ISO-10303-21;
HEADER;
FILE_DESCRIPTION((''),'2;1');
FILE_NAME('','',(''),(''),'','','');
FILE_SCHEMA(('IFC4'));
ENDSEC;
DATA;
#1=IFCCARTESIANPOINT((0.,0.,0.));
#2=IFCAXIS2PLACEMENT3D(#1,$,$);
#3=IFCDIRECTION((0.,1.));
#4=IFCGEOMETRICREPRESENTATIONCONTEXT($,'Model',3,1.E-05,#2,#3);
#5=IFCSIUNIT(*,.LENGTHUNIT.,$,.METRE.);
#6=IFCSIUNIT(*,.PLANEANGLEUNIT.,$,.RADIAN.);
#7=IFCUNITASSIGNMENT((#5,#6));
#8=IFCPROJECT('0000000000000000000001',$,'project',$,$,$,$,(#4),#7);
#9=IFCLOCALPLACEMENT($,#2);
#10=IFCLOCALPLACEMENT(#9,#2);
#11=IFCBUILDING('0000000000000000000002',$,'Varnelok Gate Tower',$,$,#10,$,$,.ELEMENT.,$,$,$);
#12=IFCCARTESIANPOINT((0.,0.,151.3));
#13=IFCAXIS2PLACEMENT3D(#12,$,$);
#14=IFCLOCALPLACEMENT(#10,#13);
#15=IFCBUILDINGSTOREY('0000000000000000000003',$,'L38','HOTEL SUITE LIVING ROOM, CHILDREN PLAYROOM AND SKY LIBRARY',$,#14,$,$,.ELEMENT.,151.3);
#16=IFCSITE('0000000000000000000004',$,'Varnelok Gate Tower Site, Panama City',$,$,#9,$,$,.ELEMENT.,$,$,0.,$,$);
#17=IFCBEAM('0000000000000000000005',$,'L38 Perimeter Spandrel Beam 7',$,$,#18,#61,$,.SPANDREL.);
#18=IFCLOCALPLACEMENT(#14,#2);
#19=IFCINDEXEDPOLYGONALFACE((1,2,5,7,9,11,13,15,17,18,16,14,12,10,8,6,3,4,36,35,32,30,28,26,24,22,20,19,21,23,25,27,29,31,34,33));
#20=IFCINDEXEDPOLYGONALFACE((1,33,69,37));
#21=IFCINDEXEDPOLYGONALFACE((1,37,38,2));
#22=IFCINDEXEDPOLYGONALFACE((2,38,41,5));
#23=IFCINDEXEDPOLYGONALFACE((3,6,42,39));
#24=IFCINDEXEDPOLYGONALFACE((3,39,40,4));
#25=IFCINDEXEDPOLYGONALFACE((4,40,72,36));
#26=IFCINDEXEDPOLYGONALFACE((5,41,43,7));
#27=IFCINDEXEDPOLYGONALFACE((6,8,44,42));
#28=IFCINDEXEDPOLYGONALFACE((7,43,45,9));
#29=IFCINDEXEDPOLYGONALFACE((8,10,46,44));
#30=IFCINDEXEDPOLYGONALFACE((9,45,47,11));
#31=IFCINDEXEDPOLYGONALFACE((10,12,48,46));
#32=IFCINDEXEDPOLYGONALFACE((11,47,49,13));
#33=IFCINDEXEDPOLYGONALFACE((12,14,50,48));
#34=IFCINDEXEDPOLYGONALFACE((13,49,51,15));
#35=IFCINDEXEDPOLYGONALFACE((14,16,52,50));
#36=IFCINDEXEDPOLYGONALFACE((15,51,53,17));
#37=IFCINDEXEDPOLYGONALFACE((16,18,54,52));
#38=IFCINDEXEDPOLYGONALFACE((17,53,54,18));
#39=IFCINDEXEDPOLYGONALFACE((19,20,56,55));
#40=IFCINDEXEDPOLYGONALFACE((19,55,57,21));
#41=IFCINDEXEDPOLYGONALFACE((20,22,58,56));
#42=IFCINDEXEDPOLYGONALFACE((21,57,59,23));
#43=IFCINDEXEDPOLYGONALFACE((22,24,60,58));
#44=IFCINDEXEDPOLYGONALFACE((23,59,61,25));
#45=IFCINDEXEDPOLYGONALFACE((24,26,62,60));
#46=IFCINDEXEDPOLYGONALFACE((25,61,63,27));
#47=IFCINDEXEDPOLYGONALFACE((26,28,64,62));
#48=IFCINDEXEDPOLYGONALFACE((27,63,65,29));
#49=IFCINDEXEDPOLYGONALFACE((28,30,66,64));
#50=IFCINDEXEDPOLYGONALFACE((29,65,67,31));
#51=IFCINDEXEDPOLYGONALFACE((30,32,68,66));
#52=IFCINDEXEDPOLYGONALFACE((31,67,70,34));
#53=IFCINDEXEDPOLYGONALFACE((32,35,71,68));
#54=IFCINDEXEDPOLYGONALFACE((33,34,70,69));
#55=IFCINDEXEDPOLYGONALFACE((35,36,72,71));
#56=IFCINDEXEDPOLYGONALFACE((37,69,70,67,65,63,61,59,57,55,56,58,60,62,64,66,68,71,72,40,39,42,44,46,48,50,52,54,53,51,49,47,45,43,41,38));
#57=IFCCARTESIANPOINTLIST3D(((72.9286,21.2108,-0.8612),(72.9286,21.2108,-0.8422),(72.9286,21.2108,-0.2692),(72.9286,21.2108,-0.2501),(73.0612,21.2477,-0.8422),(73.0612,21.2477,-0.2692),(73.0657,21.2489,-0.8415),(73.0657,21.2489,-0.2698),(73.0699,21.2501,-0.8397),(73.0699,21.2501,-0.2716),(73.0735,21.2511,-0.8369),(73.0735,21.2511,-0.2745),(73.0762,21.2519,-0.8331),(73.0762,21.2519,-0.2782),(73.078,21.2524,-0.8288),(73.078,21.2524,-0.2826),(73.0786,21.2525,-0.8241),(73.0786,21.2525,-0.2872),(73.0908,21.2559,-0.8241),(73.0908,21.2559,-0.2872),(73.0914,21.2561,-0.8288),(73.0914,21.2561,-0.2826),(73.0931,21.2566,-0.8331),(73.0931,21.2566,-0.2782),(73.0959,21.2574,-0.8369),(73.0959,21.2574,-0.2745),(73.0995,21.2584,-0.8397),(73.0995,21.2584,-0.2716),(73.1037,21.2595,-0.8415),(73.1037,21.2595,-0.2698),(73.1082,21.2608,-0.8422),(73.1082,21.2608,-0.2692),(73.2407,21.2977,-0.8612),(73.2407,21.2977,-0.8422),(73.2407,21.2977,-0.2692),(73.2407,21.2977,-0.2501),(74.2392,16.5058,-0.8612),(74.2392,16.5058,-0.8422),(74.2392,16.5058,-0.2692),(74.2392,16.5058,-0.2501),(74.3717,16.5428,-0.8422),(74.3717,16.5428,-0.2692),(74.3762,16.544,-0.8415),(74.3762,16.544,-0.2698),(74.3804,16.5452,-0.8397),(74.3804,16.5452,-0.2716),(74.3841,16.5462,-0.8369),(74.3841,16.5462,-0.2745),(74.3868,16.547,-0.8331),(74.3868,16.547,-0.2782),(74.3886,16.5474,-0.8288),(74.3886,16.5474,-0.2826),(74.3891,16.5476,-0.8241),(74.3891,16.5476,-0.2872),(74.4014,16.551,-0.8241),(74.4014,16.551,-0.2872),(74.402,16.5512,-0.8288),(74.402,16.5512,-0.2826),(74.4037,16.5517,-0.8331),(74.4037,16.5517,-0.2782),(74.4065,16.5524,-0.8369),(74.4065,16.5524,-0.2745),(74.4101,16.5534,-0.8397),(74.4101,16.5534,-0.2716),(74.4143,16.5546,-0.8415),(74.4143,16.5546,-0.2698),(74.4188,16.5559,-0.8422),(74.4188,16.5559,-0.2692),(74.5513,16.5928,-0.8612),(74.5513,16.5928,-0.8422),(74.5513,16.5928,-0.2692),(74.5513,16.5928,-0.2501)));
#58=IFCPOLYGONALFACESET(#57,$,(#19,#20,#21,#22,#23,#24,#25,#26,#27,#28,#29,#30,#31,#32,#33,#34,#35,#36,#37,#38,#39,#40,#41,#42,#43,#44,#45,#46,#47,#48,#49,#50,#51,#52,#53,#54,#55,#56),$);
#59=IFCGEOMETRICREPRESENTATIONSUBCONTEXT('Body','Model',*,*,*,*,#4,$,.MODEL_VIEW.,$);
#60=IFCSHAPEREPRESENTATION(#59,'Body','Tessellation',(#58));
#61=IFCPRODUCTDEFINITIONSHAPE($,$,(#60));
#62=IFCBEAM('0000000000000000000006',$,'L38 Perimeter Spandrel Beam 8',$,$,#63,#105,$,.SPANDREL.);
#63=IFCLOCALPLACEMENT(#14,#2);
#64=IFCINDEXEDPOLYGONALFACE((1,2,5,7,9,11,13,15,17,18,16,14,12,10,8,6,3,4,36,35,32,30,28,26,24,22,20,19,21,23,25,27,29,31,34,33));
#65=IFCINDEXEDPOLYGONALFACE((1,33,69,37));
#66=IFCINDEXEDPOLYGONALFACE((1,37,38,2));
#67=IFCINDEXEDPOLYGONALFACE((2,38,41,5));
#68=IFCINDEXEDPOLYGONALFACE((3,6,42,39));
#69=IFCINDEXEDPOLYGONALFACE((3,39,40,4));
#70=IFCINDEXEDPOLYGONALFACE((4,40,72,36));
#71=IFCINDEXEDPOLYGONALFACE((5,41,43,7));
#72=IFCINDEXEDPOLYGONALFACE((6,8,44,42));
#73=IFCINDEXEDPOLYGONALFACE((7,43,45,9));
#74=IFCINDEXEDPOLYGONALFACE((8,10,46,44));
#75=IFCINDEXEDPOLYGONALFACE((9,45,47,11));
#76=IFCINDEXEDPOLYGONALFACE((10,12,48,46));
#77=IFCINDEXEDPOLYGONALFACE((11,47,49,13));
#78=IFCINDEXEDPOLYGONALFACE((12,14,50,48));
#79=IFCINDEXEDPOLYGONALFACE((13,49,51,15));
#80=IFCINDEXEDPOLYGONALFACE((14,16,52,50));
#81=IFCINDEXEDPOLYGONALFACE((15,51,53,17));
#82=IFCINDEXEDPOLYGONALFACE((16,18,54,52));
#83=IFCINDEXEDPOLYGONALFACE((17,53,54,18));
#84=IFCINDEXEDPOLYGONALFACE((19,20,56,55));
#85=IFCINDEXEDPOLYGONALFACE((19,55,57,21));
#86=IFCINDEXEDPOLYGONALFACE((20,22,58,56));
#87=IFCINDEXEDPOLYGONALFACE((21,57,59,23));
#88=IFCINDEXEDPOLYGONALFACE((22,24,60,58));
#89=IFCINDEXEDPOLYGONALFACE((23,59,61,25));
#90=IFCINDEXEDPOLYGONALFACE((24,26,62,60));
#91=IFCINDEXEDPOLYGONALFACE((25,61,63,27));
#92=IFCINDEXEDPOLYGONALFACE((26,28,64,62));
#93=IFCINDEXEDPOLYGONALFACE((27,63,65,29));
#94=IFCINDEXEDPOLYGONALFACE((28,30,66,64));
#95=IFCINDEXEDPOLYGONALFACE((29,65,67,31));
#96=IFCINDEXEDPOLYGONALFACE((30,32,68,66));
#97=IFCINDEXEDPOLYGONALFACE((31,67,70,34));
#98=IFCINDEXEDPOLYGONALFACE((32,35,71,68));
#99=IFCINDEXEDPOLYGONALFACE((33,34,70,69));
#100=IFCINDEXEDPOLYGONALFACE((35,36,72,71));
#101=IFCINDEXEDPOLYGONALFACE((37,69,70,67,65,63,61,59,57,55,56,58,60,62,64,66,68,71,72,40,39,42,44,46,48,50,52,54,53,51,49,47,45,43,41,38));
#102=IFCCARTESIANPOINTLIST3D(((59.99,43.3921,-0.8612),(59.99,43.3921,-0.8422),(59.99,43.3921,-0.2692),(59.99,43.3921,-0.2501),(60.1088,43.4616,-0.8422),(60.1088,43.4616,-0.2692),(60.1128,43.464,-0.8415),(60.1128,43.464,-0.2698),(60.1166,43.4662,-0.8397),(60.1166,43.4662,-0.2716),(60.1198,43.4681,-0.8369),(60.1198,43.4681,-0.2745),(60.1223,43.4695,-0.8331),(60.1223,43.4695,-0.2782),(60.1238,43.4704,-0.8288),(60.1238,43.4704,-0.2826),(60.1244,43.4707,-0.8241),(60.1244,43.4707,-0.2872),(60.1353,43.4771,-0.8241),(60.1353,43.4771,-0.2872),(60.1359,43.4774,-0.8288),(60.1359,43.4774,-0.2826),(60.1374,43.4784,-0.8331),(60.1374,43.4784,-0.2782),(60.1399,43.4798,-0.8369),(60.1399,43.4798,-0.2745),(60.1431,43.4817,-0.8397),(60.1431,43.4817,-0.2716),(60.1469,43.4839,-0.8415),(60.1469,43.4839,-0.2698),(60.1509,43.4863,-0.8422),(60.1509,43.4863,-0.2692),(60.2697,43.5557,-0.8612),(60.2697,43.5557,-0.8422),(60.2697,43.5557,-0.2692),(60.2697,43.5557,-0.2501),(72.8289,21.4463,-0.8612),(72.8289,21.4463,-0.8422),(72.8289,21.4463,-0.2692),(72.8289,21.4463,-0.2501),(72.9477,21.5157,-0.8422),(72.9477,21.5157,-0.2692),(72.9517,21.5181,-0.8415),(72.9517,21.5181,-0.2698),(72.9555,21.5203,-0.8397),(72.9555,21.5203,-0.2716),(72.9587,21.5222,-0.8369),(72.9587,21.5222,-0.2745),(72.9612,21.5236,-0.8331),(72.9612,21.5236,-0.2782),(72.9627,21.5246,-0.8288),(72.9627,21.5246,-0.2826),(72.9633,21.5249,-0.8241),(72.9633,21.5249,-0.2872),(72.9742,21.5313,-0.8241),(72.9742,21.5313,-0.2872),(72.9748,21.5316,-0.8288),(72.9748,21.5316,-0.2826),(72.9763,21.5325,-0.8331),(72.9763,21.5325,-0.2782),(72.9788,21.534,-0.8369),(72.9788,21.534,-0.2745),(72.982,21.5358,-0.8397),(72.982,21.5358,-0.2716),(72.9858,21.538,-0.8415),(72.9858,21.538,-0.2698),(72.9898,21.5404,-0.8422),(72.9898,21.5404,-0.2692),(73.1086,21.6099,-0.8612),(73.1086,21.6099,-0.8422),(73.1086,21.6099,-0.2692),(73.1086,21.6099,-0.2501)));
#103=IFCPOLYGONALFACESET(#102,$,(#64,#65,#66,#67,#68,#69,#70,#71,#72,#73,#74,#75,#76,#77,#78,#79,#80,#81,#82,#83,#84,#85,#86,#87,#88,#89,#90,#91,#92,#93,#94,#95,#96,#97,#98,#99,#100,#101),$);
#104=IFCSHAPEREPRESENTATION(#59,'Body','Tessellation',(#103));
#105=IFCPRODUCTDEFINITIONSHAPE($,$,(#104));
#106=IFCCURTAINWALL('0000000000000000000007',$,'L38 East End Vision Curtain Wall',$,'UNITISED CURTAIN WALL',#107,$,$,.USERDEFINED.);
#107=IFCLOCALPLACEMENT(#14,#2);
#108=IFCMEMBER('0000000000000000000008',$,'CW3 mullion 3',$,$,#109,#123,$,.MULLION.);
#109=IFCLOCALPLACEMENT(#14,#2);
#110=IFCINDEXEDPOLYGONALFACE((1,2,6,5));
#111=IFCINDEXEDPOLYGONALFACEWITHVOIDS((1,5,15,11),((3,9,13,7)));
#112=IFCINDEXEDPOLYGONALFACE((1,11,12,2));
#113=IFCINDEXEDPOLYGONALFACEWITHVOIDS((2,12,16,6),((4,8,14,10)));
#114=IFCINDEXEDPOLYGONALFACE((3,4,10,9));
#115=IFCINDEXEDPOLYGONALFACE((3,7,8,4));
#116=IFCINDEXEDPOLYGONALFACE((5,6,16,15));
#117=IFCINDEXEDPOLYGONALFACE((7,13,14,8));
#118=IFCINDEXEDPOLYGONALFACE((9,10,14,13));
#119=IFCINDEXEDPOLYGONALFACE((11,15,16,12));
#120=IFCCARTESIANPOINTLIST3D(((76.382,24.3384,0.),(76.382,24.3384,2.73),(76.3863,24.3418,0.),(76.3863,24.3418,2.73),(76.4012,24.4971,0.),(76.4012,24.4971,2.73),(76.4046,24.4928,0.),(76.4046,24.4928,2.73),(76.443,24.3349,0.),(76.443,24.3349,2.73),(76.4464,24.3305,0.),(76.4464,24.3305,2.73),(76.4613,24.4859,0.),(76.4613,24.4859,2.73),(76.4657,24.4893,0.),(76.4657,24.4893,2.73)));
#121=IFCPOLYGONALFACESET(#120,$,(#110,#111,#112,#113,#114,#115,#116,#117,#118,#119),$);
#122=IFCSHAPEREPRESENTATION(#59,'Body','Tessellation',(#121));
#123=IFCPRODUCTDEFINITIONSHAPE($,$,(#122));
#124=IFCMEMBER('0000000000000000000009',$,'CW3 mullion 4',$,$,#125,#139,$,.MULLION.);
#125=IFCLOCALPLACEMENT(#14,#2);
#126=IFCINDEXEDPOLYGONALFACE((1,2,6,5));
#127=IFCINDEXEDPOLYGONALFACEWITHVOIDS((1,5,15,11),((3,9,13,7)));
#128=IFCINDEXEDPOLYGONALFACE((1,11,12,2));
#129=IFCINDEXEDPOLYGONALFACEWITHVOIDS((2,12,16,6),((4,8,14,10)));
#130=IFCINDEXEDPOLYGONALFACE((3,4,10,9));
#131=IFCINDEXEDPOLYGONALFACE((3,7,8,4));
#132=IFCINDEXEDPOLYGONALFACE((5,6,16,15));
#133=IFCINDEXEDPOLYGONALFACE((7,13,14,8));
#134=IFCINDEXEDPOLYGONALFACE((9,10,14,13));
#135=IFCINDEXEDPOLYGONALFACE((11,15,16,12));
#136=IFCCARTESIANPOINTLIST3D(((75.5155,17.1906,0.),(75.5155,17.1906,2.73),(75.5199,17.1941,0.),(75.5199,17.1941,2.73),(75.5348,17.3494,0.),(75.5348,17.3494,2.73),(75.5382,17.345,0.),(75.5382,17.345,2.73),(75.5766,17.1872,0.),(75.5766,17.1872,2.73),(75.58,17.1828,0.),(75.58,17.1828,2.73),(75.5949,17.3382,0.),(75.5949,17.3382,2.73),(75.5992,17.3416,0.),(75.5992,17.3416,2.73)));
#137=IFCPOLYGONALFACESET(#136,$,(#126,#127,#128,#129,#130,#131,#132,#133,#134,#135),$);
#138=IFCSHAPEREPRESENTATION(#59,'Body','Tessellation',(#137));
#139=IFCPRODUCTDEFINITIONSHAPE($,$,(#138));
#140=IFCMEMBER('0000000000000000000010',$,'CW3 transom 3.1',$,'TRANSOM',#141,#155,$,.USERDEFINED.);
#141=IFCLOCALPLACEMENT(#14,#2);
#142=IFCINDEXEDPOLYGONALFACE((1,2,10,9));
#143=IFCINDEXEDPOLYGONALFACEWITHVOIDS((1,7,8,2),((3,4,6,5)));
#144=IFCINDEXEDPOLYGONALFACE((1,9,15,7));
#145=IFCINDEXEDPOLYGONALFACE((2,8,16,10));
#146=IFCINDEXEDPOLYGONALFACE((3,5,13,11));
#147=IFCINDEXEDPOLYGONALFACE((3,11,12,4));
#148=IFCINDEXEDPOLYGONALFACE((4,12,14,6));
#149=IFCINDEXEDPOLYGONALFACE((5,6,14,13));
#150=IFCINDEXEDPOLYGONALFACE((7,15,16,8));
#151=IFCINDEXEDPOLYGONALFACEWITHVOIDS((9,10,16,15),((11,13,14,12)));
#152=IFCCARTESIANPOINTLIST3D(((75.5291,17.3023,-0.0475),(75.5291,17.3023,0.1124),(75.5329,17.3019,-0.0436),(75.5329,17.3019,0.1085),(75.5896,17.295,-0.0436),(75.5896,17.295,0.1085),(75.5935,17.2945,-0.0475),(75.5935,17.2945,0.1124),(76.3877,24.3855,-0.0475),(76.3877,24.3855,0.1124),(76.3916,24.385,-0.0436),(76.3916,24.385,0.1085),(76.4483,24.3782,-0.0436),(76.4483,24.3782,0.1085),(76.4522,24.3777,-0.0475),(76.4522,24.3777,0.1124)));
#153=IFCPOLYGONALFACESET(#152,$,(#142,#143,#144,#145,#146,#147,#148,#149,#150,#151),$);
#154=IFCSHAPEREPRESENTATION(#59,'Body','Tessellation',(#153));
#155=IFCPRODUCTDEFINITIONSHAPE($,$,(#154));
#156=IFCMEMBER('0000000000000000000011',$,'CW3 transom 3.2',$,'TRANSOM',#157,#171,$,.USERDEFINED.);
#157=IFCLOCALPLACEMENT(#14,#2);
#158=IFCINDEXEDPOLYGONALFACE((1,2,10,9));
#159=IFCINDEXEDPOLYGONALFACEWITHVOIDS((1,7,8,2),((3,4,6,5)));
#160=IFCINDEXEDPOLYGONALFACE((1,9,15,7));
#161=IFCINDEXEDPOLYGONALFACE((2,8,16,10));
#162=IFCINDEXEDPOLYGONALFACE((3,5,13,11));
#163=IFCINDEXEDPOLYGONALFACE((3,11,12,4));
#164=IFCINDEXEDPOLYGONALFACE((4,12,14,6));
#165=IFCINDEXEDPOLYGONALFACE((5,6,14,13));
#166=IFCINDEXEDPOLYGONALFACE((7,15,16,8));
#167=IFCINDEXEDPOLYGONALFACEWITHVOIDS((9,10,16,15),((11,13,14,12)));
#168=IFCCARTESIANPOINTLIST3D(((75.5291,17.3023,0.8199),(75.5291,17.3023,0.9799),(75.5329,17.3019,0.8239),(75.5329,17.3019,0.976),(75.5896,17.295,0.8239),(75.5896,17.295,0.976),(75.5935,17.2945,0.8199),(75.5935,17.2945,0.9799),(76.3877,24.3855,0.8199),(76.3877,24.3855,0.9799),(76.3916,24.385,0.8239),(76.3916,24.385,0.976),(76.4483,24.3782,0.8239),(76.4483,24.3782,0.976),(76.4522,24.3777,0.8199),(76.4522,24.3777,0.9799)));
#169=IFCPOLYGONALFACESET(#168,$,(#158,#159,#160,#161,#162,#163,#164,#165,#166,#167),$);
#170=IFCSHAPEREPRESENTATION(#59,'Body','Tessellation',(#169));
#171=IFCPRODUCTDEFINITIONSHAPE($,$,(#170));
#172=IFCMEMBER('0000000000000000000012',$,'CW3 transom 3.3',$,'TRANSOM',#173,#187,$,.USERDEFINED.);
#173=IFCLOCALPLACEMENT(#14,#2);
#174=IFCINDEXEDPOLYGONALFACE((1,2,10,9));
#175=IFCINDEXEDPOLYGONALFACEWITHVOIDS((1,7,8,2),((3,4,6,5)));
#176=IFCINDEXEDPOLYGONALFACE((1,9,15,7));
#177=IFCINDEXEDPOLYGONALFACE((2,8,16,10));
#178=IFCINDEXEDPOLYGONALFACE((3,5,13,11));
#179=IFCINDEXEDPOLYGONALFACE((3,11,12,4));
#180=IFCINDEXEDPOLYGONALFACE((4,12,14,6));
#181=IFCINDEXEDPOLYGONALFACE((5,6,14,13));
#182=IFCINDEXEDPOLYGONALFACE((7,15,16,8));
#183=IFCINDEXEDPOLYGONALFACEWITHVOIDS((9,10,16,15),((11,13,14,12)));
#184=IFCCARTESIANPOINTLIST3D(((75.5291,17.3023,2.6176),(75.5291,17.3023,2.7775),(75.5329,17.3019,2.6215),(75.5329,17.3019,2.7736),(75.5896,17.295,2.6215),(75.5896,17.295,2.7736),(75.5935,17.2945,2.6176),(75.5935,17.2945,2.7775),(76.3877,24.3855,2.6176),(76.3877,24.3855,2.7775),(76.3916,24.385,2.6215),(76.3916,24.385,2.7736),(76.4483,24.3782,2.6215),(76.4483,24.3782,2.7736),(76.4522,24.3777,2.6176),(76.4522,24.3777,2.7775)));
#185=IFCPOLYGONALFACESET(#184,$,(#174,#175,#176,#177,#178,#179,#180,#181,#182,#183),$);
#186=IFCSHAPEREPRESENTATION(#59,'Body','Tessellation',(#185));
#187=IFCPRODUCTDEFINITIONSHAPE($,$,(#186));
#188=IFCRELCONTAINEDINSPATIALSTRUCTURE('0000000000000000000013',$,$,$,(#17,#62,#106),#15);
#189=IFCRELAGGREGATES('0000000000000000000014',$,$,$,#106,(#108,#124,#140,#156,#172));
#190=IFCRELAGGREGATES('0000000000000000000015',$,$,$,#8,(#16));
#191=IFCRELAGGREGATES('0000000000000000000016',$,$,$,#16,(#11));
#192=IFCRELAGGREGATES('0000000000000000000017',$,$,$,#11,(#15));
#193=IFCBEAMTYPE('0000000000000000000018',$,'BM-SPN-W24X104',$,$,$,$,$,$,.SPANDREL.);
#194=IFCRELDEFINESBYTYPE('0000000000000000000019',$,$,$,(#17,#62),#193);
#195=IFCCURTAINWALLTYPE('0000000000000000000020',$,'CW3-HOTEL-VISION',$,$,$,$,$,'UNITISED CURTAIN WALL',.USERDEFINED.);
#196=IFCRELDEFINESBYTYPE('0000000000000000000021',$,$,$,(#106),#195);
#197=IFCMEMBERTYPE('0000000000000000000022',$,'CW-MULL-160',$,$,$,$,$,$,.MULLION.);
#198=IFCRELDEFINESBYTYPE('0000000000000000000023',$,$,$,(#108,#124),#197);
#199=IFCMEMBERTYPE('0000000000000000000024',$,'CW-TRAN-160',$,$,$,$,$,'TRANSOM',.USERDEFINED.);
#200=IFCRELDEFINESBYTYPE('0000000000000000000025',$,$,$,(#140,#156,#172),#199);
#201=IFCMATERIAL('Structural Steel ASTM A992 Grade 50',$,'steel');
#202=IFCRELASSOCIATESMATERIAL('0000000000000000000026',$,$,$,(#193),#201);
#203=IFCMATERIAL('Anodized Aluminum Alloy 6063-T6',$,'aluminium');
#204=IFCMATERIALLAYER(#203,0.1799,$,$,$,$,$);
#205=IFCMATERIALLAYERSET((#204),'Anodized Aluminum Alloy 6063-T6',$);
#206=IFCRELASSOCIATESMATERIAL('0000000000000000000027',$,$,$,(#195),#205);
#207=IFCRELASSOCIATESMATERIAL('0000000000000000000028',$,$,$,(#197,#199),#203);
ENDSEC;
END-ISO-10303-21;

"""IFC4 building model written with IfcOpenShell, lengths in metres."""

from ifc_helpers import new_model, si_unit, direction, frame, origin, origin_2d, place, context, subcontext, project, spatial, hollow_rectangle, i_section, extrude, material, layer, layer_set, material_profile, profile_set, type_object, element, aggregate, save


model = new_model("IFC4")

# Units and contexts
model_context = context("Model", 3, precision=1e-05, world=origin(), true_north=direction((0.0, 1.0)))
body_context = subcontext(model_context, "Body", "Model", "MODEL_VIEW")
ifc_project = project(units=[si_unit("LENGTHUNIT", "METRE"), si_unit("PLANEANGLEUNIT", "RADIAN")], contexts=[model_context])

# Site, building, storey
site_placement = place(None, origin())
site = spatial("IfcSite", under=ifc_project, at=site_placement, Name="Varnelok Gate Tower Site, Panama City", CompositionType="ELEMENT", RefElevation=0.0)
building_placement = place(site_placement, origin())
building = spatial("IfcBuilding", under=site, at=building_placement, Name="Varnelok Gate Tower", CompositionType="ELEMENT")
storey_placement = place(building_placement, frame((0.0, 0.0, 151.3)))
storey = spatial("IfcBuildingStorey", under=building, at=storey_placement, Name="L38", Description="HOTEL SUITE LIVING ROOM, CHILDREN PLAYROOM AND SKY LIBRARY", CompositionType="ELEMENT", Elevation=151.3)

# Shared definitions
ifc_material_1 = material(Name="Structural Steel ASTM A992 Grade 50", Category="steel")

# Beams
ifc_material_profile_1 = material_profile(ifc_material_1, i_section(OverallWidth=0.324, OverallDepth=0.6111, WebThickness=0.0127, FlangeThickness=0.019, FilletRadius=0.0181, at=origin_2d()), Name="W24X104")
ifc_profile_set_1 = profile_set([ifc_material_profile_1], Name="Structural Steel ASTM A992 Grade 50")
beam_type_1 = type_object("IfcBeamType", Name="BM-SPN-W24X104", PredefinedType="SPANDREL", material=ifc_profile_set_1)
beam_1_placement = place(storey_placement, frame((74.3953, 16.5493, -0.5557), z_axis=(-0.268337, 0.963325, 0.0), x_axis=(-0.963325, -0.268337, 0.0)))
element("IfcBeam", 1, at=beam_1_placement, inside=storey, type_object=beam_type_1, Name="L38 Perimeter Spandrel Beam 7", PredefinedType="SPANDREL", context=body_context, shape_type="SweptSolid", body=[
    extrude(i_section(OverallWidth=0.324, OverallDepth=0.6111, WebThickness=0.0127, FlangeThickness=0.019, FilletRadius=0.0181, at=origin_2d()), origin(), (0.0, 0.0, 1.0), 4.884),
])
beam_2_placement = place(storey_placement, frame((72.9688, 21.5281, -0.5557), z_axis=(-0.504961, 0.863142, 0.0), x_axis=(-0.863142, -0.504961, 0.0)))
element("IfcBeam", 2, at=beam_2_placement, inside=storey, type_object=beam_type_1, Name="L38 Perimeter Spandrel Beam 8", PredefinedType="SPANDREL", context=body_context, shape_type="SweptSolid", body=[
    extrude(i_section(OverallWidth=0.324, OverallDepth=0.6111, WebThickness=0.0127, FlangeThickness=0.019, FilletRadius=0.0181, at=origin_2d()), origin(), (0.0, 0.0, 1.0), 25.4255),
])

# Curtain wall, members
ifc_material_2 = material(Name="Anodized Aluminum Alloy 6063-T6", Category="aluminium")
ifc_layer_1 = layer(ifc_material_2, 0.1799)
ifc_layer_set_1 = layer_set([ifc_layer_1], Name="Anodized Aluminum Alloy 6063-T6")
curtain_wall_type = type_object("IfcCurtainWallType", Name="CW3-HOTEL-VISION", ElementType="UNITISED CURTAIN WALL", PredefinedType="USERDEFINED", material=ifc_layer_set_1)
curtain_wall_placement = place(storey_placement, origin())
curtain_wall = element("IfcCurtainWall", 3, at=curtain_wall_placement, inside=storey, type_object=curtain_wall_type, Name="L38 East End Vision Curtain Wall", ObjectType="UNITISED CURTAIN WALL", PredefinedType="USERDEFINED")
ifc_material_profile_2 = material_profile(ifc_material_2, hollow_rectangle(XDim=0.0649, YDim=0.1599, WallThickness=0.0039, at=origin_2d()), Name="ALU160X65X4")
ifc_profile_set_2 = profile_set([ifc_material_profile_2], Name="Anodized Aluminum Alloy 6063-T6")
member_type_1 = type_object("IfcMemberType", Name="CW-MULL-160", PredefinedType="MULLION", material=ifc_profile_set_2)
member_1_placement = place(storey_placement, frame((76.4238, 24.4138, 0.0), z_axis=(0.0, 0.0, 1.0), x_axis=(0.992732, -0.120347, 0.0)))
member_1 = element("IfcMember", 4, at=member_1_placement, type_object=member_type_1, Name="CW3 mullion 3", PredefinedType="MULLION", context=body_context, shape_type="SweptSolid", body=[
    extrude(hollow_rectangle(XDim=0.0649, YDim=0.1599, WallThickness=0.0039, at=origin_2d()), origin(), (0.0, 0.0, 1.0), 2.73),
])
member_2_placement = place(storey_placement, frame((75.5574, 17.2661, 0.0), z_axis=(0.0, 0.0, 1.0), x_axis=(0.992732, -0.120347, 0.0)))
member_2 = element("IfcMember", 5, at=member_2_placement, type_object=member_type_1, Name="CW3 mullion 4", PredefinedType="MULLION", context=body_context, shape_type="SweptSolid", body=[
    extrude(hollow_rectangle(XDim=0.0649, YDim=0.1599, WallThickness=0.0039, at=origin_2d()), origin(), (0.0, 0.0, 1.0), 2.73),
])
ifc_material_profile_3 = material_profile(ifc_material_2, hollow_rectangle(XDim=0.0649, YDim=0.1599, WallThickness=0.0039, at=origin_2d()), Name="ALU160X65X4")
ifc_profile_set_3 = profile_set([ifc_material_profile_3], Name="Anodized Aluminum Alloy 6063-T6")
member_type_2 = type_object("IfcMemberType", Name="CW-TRAN-160", ElementType="TRANSOM", PredefinedType="USERDEFINED", material=ifc_profile_set_3)
member_3_placement = place(storey_placement, frame((76.4199, 24.3816, 0.0325), z_axis=(-0.120341, -0.992733, 0.0), x_axis=(0.992733, -0.120341, 0.0)))
member_3 = element("IfcMember", 6, at=member_3_placement, type_object=member_type_2, Name="CW3 transom 3.1", ObjectType="TRANSOM", PredefinedType="USERDEFINED", context=body_context, shape_type="SweptSolid", body=[
    extrude(hollow_rectangle(XDim=0.0649, YDim=0.1599, WallThickness=0.0039, at=origin_2d()), origin(), (0.0, 0.0, 1.0), 7.135),
])
member_4_placement = place(storey_placement, frame((76.4199, 24.3816, 0.8999), z_axis=(-0.120341, -0.992733, 0.0), x_axis=(0.992733, -0.120341, 0.0)))
member_4 = element("IfcMember", 7, at=member_4_placement, type_object=member_type_2, Name="CW3 transom 3.2", ObjectType="TRANSOM", PredefinedType="USERDEFINED", context=body_context, shape_type="SweptSolid", body=[
    extrude(hollow_rectangle(XDim=0.0649, YDim=0.1599, WallThickness=0.0039, at=origin_2d()), origin(), (0.0, 0.0, 1.0), 7.135),
])
member_5_placement = place(storey_placement, frame((76.4199, 24.3816, 2.6975), z_axis=(-0.120341, -0.992733, 0.0), x_axis=(0.992733, -0.120341, 0.0)))
member_5 = element("IfcMember", 8, at=member_5_placement, type_object=member_type_2, Name="CW3 transom 3.3", ObjectType="TRANSOM", PredefinedType="USERDEFINED", context=body_context, shape_type="SweptSolid", body=[
    extrude(hollow_rectangle(XDim=0.0649, YDim=0.1599, WallThickness=0.0039, at=origin_2d()), origin(), (0.0, 0.0, 1.0), 7.135),
])
aggregate(curtain_wall, [member_1, member_2, member_3, member_4, member_5])

save(model, "model.ifc")
